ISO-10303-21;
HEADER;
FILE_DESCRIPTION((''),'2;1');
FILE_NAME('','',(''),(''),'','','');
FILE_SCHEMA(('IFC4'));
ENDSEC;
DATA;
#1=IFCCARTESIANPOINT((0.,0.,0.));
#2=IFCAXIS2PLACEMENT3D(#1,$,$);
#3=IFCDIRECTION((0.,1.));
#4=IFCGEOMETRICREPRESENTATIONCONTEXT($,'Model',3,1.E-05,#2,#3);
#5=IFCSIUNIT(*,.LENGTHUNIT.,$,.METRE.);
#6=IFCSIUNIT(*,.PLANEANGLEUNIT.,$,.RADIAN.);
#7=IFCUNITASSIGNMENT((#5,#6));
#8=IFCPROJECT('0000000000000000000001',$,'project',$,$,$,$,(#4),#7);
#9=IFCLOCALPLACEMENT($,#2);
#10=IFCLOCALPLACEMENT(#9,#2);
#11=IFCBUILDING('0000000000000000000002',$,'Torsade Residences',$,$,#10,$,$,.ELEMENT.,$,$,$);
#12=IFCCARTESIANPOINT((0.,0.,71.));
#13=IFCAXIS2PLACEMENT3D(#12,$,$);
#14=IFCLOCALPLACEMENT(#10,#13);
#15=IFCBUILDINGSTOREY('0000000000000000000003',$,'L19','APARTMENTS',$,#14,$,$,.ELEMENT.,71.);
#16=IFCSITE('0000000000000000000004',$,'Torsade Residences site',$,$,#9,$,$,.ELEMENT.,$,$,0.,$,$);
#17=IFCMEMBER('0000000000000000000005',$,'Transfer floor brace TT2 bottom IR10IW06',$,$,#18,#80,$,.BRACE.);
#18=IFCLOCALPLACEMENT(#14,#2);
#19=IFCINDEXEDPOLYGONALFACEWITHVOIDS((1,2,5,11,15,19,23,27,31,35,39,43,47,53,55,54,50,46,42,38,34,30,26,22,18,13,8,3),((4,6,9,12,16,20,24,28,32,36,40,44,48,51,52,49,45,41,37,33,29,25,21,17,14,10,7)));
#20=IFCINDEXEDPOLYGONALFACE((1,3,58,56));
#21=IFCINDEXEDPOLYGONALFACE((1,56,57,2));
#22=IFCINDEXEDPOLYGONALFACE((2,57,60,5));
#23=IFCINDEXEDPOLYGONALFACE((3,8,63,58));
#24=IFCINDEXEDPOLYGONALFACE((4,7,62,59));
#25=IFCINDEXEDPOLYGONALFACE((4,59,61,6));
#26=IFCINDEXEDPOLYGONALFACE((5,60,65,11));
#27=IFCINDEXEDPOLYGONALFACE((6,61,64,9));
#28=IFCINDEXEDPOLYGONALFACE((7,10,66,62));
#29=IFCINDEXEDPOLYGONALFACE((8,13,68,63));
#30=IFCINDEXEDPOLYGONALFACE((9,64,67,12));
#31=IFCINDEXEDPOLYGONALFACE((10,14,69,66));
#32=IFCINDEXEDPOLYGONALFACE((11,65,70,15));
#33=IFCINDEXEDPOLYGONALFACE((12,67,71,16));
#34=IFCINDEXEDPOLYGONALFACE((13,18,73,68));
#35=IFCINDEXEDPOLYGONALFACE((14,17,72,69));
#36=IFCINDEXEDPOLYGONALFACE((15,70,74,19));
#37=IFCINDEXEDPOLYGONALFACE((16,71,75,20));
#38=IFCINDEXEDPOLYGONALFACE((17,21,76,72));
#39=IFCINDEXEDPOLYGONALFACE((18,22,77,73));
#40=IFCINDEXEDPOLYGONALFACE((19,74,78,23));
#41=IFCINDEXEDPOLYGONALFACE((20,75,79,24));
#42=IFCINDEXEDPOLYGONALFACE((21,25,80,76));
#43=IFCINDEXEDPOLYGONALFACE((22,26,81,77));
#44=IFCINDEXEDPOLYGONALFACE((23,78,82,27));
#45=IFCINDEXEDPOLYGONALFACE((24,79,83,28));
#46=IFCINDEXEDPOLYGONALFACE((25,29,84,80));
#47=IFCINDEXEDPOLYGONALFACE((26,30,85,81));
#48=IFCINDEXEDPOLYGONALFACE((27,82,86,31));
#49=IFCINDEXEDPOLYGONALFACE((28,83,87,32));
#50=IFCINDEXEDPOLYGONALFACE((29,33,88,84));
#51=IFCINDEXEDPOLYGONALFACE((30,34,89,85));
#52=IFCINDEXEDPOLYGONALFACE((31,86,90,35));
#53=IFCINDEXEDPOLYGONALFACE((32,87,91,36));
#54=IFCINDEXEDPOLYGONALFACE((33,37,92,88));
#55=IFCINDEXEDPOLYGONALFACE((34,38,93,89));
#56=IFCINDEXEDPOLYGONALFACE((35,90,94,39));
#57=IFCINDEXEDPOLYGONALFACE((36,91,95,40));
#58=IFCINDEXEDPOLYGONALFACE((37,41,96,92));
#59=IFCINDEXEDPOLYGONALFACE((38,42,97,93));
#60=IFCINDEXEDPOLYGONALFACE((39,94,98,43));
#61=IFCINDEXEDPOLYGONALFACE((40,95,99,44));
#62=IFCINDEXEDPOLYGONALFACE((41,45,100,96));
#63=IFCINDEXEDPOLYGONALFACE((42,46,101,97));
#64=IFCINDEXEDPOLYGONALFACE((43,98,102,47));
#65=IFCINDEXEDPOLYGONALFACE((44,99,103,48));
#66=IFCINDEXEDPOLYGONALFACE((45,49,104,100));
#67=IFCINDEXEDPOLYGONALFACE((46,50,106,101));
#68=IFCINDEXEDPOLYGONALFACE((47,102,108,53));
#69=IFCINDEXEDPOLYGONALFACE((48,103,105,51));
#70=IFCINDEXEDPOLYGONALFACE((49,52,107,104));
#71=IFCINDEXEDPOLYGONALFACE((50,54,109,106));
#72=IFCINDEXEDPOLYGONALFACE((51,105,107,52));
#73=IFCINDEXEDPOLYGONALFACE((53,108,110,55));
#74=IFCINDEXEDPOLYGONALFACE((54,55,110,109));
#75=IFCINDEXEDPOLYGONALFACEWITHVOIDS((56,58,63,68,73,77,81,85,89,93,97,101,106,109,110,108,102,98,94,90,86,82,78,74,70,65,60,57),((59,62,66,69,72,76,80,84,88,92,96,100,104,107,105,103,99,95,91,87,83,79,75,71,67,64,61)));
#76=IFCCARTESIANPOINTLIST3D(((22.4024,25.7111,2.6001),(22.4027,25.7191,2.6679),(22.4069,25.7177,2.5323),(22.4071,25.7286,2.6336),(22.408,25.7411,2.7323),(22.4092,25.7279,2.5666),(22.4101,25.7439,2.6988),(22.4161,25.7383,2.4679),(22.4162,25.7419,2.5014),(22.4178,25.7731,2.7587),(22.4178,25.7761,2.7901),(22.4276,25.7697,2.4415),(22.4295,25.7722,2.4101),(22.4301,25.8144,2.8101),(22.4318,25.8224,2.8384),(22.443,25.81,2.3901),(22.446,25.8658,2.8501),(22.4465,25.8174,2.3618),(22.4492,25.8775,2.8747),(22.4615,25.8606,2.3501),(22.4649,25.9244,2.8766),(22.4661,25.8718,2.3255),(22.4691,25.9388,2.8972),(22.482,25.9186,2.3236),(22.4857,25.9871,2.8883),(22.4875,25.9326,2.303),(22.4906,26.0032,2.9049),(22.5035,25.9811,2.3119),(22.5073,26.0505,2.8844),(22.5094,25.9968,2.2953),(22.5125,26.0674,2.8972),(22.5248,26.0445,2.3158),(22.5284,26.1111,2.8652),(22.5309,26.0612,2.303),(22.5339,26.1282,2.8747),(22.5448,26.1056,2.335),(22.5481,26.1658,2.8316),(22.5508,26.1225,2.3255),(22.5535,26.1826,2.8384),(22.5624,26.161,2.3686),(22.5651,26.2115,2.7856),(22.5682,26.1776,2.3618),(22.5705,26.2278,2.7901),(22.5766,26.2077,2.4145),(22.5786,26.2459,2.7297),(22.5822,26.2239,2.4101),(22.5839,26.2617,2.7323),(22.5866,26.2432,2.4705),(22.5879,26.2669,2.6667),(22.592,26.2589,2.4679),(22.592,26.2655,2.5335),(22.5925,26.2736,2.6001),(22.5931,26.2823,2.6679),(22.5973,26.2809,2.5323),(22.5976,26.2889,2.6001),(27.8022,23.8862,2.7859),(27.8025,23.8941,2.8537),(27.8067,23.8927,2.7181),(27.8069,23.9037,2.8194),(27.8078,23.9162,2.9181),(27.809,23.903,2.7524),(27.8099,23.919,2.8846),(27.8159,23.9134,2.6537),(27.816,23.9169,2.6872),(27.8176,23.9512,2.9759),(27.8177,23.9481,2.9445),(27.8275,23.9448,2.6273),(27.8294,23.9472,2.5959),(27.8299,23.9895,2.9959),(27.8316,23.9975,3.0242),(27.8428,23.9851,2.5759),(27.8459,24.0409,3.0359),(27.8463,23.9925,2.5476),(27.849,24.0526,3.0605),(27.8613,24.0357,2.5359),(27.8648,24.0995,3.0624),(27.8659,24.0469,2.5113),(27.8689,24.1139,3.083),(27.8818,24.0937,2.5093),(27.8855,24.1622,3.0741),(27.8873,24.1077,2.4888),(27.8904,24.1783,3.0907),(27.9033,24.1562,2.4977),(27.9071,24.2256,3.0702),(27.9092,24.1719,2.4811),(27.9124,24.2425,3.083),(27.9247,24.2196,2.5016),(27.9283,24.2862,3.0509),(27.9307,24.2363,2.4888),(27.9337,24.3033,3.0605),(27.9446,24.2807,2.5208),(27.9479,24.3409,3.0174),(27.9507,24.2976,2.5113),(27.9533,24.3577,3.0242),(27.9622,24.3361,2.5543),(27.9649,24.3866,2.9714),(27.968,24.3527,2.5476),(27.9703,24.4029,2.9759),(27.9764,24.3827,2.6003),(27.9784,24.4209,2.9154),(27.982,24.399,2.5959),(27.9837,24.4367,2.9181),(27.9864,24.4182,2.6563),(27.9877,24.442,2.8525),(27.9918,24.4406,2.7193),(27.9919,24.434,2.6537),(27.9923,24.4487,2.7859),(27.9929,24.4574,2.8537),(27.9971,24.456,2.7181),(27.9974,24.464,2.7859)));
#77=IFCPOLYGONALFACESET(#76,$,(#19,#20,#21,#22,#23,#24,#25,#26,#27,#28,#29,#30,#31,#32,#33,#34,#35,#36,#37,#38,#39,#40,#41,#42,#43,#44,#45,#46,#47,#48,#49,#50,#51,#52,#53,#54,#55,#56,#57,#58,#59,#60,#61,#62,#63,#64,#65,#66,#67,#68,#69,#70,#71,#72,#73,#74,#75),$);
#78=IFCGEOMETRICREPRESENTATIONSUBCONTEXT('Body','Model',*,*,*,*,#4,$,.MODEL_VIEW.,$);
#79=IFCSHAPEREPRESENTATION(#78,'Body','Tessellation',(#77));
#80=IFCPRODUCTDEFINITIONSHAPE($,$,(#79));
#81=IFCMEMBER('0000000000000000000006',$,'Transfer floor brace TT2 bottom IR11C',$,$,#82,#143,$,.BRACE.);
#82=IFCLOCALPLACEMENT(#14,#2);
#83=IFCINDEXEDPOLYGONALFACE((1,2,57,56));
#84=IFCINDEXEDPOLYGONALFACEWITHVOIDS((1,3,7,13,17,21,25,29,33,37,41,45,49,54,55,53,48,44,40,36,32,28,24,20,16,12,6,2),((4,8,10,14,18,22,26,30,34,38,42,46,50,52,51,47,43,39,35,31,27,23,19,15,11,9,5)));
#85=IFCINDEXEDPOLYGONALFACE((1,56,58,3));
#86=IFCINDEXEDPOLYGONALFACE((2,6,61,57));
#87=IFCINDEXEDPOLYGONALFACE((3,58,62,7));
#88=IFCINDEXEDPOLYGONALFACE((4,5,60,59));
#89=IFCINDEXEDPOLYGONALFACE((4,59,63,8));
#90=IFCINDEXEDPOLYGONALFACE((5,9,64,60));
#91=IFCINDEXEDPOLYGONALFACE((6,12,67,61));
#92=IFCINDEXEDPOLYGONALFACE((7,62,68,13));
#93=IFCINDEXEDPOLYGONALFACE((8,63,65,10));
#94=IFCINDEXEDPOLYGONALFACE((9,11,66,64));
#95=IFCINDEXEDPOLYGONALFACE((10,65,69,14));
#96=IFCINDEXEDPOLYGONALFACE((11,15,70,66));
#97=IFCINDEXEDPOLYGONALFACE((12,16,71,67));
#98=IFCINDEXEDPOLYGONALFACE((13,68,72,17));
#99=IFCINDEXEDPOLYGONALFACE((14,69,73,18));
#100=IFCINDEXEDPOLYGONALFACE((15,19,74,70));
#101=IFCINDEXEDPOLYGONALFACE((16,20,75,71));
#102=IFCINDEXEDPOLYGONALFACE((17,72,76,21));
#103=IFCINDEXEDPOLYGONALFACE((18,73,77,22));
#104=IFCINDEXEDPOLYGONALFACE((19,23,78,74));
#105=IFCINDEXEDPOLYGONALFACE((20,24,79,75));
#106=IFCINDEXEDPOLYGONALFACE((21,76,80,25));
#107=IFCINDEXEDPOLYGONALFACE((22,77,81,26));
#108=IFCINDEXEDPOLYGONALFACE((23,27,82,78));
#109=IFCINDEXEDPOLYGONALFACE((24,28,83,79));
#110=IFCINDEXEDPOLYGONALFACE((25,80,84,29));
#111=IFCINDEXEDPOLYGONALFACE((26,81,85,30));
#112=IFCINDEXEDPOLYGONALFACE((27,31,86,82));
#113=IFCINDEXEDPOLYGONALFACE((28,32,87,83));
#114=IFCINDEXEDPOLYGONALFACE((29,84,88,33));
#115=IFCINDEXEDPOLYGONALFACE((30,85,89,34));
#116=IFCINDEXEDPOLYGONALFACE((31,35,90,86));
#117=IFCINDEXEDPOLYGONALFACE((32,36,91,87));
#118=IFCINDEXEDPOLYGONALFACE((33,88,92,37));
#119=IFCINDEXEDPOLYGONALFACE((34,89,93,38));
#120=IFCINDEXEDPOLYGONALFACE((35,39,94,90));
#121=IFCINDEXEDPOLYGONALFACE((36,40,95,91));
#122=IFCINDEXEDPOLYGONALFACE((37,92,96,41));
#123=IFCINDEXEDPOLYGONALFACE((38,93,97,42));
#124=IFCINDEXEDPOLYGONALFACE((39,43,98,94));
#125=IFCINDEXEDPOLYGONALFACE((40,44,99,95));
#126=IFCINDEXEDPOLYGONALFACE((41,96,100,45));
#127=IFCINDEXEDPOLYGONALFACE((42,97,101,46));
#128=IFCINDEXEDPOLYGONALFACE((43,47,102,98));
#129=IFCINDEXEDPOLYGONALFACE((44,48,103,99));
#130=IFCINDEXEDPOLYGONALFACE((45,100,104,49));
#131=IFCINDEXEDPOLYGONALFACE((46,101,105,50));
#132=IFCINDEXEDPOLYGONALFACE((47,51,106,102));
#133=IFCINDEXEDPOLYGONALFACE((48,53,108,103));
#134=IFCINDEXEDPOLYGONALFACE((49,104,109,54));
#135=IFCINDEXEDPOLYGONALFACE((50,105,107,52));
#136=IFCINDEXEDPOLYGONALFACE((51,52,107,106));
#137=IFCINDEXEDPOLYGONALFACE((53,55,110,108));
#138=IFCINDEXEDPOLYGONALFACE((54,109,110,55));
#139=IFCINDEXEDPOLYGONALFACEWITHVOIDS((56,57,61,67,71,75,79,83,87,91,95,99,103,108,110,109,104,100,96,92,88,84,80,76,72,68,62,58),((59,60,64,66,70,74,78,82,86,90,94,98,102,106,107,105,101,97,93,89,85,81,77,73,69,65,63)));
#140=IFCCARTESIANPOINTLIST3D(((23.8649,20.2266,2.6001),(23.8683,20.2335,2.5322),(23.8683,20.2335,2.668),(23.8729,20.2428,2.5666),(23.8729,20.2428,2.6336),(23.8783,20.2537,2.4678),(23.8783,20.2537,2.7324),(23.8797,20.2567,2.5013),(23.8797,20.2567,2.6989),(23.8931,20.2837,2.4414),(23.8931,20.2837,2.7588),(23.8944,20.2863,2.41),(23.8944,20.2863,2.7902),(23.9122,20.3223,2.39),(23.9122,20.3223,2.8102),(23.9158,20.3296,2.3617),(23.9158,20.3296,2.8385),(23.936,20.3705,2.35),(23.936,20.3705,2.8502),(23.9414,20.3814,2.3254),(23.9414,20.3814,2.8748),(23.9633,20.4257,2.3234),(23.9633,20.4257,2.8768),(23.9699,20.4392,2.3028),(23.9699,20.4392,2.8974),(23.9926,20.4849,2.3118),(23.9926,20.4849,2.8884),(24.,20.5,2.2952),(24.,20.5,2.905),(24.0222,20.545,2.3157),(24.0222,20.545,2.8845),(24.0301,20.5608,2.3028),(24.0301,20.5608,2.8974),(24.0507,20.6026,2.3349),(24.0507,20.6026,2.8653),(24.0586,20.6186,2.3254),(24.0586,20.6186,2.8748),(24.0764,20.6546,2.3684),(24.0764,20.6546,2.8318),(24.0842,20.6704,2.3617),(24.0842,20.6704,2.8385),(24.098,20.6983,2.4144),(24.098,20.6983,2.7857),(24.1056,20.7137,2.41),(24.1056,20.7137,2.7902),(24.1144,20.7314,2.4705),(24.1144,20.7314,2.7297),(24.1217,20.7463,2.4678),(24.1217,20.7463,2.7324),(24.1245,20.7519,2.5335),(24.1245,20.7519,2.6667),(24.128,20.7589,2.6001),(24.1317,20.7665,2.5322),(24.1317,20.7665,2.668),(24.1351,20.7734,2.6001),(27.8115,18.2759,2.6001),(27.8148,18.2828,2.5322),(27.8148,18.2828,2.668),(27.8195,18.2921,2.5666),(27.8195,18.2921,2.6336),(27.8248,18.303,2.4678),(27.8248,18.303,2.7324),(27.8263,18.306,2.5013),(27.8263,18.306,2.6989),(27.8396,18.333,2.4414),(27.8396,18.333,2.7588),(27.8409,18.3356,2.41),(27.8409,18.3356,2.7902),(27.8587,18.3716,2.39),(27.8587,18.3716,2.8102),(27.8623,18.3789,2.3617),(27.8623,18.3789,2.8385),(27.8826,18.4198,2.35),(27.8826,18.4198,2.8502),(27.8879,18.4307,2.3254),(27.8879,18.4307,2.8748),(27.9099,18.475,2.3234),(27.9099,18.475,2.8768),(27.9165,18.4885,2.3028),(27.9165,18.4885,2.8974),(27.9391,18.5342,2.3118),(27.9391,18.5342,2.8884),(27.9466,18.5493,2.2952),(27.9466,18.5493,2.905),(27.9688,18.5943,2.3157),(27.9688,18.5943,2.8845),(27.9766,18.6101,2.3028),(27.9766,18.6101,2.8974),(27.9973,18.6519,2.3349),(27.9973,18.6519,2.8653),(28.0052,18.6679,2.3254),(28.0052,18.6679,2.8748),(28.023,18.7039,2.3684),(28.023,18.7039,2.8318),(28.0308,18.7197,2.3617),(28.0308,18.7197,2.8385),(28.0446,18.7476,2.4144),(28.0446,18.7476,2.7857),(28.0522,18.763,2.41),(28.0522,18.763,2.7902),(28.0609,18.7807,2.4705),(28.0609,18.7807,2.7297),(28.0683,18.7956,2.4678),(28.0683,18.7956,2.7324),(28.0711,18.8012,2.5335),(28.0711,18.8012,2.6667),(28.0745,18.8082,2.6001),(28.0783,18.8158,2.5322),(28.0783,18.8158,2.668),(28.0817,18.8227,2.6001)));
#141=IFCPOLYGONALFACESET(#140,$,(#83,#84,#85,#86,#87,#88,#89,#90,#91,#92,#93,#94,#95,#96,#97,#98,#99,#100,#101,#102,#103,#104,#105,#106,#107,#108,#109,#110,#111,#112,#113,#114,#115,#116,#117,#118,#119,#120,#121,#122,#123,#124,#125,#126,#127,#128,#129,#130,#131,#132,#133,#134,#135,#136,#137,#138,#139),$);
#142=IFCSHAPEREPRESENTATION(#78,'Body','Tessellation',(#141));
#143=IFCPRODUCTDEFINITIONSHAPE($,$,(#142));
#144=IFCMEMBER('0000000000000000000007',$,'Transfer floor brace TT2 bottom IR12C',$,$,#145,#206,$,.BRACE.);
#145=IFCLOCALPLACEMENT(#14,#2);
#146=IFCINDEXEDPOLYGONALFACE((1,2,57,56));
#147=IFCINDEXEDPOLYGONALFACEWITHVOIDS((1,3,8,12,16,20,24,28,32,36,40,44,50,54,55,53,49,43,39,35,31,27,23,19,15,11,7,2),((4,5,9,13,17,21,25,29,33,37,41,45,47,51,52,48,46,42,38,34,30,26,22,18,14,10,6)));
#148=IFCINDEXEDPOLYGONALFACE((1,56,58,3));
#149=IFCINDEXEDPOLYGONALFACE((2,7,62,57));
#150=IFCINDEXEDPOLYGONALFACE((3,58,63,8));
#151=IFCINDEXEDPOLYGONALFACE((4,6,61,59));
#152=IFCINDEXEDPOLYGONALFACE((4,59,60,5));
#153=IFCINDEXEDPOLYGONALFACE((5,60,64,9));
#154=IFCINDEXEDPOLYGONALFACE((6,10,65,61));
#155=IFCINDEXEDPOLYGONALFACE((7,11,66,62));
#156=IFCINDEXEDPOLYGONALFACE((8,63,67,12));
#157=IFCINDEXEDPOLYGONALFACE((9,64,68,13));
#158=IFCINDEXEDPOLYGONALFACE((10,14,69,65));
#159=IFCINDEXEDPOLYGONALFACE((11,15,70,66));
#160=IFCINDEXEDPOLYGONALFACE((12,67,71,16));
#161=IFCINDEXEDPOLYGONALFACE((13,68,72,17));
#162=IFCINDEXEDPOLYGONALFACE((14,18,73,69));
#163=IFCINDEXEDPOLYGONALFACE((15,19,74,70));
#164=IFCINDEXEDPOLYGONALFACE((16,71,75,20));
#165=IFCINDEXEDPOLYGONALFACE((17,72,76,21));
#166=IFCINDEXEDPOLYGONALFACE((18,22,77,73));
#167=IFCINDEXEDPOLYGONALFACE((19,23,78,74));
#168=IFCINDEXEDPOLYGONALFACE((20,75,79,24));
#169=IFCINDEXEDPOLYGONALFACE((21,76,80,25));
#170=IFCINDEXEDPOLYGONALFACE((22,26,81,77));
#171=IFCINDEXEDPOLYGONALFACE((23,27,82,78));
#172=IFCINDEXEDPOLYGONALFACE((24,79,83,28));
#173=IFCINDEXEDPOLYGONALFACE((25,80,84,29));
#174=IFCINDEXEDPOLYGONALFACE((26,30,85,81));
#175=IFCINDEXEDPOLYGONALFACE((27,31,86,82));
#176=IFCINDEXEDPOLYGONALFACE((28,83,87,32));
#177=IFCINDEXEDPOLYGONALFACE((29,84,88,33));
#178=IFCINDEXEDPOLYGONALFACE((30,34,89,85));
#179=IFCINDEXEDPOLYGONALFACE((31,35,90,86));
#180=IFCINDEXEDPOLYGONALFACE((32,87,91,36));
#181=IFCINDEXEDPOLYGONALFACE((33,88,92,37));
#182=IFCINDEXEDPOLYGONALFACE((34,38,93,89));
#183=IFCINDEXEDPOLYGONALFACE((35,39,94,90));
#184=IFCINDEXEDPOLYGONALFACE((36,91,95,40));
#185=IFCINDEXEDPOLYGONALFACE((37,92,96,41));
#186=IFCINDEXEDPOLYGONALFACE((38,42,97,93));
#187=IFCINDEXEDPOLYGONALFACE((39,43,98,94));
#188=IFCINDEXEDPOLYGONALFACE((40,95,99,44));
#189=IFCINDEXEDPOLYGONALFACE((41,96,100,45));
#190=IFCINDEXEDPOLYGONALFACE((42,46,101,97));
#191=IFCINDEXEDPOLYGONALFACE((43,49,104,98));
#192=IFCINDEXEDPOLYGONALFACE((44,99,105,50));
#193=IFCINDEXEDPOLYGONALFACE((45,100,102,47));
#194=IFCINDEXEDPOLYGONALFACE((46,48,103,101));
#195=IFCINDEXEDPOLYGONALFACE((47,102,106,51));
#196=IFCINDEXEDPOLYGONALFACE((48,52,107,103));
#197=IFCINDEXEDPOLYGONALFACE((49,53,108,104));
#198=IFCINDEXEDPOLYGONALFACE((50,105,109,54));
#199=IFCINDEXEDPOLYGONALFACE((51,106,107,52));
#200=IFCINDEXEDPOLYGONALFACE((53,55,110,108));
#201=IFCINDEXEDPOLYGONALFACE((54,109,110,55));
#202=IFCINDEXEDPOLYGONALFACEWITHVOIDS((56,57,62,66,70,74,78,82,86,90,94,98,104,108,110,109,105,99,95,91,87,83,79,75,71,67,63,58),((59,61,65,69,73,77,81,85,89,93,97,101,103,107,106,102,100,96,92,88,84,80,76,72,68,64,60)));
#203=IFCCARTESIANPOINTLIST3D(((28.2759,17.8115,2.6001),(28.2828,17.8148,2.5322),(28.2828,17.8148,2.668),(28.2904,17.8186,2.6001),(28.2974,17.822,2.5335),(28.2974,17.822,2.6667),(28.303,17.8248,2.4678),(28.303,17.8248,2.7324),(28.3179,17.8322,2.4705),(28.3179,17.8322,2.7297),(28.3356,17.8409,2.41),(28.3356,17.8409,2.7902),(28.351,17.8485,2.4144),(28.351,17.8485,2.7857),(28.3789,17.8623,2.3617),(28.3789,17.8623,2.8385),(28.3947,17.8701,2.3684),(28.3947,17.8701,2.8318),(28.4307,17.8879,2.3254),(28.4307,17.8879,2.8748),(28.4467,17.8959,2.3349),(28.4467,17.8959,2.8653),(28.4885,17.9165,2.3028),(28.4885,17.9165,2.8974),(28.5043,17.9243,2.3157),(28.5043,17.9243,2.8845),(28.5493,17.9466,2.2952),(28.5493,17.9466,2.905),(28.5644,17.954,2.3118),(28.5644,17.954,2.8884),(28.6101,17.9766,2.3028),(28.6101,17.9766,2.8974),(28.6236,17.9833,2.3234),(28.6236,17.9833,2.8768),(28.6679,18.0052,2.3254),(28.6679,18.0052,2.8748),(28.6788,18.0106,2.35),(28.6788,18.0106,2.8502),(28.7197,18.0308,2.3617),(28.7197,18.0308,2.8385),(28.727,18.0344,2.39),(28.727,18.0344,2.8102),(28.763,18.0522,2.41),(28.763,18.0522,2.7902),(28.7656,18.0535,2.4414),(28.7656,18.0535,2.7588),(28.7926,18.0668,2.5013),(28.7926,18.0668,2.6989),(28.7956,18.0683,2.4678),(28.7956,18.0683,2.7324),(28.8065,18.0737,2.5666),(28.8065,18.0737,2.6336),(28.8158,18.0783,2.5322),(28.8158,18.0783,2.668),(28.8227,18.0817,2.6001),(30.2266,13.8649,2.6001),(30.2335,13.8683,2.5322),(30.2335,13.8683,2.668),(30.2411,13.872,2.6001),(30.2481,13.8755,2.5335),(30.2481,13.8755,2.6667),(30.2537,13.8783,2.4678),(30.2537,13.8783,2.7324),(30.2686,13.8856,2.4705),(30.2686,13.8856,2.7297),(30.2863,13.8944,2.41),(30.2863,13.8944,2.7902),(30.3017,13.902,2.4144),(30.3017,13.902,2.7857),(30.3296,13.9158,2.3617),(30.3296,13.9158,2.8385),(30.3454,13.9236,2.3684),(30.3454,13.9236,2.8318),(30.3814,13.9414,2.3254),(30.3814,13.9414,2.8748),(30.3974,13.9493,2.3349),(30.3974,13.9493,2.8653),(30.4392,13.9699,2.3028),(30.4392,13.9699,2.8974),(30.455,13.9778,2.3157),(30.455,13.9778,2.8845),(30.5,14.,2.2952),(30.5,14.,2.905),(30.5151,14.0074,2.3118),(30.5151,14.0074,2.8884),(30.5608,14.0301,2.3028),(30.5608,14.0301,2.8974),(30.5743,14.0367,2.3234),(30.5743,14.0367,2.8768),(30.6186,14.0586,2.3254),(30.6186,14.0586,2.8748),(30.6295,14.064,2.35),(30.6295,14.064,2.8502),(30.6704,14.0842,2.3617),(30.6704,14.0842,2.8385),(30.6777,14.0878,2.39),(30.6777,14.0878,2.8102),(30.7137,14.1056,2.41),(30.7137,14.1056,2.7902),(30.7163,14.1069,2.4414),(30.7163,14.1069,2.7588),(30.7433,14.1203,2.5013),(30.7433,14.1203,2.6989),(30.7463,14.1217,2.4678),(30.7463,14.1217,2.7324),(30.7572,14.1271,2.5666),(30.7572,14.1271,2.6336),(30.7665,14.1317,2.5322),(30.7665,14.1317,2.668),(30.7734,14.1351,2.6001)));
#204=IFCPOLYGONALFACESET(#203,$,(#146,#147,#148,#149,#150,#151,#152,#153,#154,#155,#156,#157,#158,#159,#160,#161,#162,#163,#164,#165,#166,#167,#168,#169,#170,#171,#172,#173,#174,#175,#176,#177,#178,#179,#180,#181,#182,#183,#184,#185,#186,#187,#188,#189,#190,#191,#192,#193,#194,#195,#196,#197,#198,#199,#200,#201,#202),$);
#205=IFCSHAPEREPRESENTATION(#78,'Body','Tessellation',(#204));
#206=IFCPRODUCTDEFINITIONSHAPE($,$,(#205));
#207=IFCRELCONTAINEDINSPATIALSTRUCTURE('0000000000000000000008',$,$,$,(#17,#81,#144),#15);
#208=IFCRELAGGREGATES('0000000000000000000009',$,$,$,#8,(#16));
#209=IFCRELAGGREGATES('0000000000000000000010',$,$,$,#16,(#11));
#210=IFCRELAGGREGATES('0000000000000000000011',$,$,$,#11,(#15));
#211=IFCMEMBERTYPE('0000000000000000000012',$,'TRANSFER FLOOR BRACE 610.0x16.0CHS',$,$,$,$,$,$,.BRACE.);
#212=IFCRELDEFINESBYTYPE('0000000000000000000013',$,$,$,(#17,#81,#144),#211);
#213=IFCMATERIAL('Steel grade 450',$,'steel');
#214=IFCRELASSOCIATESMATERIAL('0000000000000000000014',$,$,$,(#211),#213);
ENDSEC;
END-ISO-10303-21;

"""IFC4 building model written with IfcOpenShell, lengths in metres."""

from ifc_helpers import new_model, si_unit, direction, frame, origin, origin_2d, place, context, subcontext, project, spatial, hollow_circle, extrude, material, material_profile, profile_set, type_object, element, save


model = new_model("IFC4")

# Units and contexts
model_context = context("Model", 3, precision=1e-05, world=origin(), true_north=direction((0.0, 1.0)))
body_context = subcontext(model_context, "Body", "Model", "MODEL_VIEW")
ifc_project = project(units=[si_unit("LENGTHUNIT", "METRE"), si_unit("PLANEANGLEUNIT", "RADIAN")], contexts=[model_context])

# Site, building, storey
site_placement = place(None, origin())
site = spatial("IfcSite", under=ifc_project, at=site_placement, Name="Torsade Residences site", CompositionType="ELEMENT", RefElevation=0.0)
building_placement = place(site_placement, origin())
building = spatial("IfcBuilding", under=site, at=building_placement, Name="Torsade Residences", CompositionType="ELEMENT")
storey_placement = place(building_placement, frame((0.0, 0.0, 71.0)))
storey = spatial("IfcBuildingStorey", under=building, at=storey_placement, Name="L19", Description="APARTMENTS", CompositionType="ELEMENT", Elevation=71.0)

# Members
ifc_material_1 = material(Name="Steel grade 450", Category="steel")
ifc_material_profile_1 = material_profile(ifc_material_1, hollow_circle(Radius=0.3049, WallThickness=0.0161, at=origin_2d()), Name="610.0x16.0CHS")
ifc_profile_set_1 = profile_set([ifc_material_profile_1], Name="Steel grade 450")
member_type = type_object("IfcMemberType", Name="TRANSFER FLOOR BRACE 610.0x16.0CHS", PredefinedType="BRACE", material=ifc_profile_set_1)
member_1_placement = place(storey_placement, frame((22.5, 26.0, 2.6001), z_axis=(0.946857, -0.32, 0.032578), x_axis=(0.32017, 0.94736, 0.0)))
element("IfcMember", 1, at=member_1_placement, inside=storey, type_object=member_type, Name="Transfer floor brace TT2 bottom IR10IW06", PredefinedType="BRACE", context=body_context, shape_type="SweptSolid", body=[
    extrude(hollow_circle(Radius=0.3049, WallThickness=0.0161, at=origin_2d()), origin(), (0.0, 0.0, 1.0), 5.7029),
])
for number, where, z_axis, x_axis, name in (
    (2, (24.0, 20.5, 2.6001), (0.89647, -0.443105, 0.0), (0.443105, 0.89647, 0.0), "Transfer floor brace TT2 bottom IR11C"),
    (3, (30.5, 14.0, 2.6001), (-0.443105, 0.89647, 0.0), (-0.89647, -0.443105, 0.0), "Transfer floor brace TT2 bottom IR12C"),
):
    element("IfcMember", number, at=place(storey_placement, frame(where, z_axis=z_axis, x_axis=x_axis)), inside=storey, type_object=member_type, Name=name, PredefinedType="BRACE", context=body_context, shape_type="SweptSolid", body=[
        extrude(hollow_circle(Radius=0.3049, WallThickness=0.0161, at=origin_2d()), origin(), (0.0, 0.0, 1.0), 4.4023),
    ])

save(model, "model.ifc")
